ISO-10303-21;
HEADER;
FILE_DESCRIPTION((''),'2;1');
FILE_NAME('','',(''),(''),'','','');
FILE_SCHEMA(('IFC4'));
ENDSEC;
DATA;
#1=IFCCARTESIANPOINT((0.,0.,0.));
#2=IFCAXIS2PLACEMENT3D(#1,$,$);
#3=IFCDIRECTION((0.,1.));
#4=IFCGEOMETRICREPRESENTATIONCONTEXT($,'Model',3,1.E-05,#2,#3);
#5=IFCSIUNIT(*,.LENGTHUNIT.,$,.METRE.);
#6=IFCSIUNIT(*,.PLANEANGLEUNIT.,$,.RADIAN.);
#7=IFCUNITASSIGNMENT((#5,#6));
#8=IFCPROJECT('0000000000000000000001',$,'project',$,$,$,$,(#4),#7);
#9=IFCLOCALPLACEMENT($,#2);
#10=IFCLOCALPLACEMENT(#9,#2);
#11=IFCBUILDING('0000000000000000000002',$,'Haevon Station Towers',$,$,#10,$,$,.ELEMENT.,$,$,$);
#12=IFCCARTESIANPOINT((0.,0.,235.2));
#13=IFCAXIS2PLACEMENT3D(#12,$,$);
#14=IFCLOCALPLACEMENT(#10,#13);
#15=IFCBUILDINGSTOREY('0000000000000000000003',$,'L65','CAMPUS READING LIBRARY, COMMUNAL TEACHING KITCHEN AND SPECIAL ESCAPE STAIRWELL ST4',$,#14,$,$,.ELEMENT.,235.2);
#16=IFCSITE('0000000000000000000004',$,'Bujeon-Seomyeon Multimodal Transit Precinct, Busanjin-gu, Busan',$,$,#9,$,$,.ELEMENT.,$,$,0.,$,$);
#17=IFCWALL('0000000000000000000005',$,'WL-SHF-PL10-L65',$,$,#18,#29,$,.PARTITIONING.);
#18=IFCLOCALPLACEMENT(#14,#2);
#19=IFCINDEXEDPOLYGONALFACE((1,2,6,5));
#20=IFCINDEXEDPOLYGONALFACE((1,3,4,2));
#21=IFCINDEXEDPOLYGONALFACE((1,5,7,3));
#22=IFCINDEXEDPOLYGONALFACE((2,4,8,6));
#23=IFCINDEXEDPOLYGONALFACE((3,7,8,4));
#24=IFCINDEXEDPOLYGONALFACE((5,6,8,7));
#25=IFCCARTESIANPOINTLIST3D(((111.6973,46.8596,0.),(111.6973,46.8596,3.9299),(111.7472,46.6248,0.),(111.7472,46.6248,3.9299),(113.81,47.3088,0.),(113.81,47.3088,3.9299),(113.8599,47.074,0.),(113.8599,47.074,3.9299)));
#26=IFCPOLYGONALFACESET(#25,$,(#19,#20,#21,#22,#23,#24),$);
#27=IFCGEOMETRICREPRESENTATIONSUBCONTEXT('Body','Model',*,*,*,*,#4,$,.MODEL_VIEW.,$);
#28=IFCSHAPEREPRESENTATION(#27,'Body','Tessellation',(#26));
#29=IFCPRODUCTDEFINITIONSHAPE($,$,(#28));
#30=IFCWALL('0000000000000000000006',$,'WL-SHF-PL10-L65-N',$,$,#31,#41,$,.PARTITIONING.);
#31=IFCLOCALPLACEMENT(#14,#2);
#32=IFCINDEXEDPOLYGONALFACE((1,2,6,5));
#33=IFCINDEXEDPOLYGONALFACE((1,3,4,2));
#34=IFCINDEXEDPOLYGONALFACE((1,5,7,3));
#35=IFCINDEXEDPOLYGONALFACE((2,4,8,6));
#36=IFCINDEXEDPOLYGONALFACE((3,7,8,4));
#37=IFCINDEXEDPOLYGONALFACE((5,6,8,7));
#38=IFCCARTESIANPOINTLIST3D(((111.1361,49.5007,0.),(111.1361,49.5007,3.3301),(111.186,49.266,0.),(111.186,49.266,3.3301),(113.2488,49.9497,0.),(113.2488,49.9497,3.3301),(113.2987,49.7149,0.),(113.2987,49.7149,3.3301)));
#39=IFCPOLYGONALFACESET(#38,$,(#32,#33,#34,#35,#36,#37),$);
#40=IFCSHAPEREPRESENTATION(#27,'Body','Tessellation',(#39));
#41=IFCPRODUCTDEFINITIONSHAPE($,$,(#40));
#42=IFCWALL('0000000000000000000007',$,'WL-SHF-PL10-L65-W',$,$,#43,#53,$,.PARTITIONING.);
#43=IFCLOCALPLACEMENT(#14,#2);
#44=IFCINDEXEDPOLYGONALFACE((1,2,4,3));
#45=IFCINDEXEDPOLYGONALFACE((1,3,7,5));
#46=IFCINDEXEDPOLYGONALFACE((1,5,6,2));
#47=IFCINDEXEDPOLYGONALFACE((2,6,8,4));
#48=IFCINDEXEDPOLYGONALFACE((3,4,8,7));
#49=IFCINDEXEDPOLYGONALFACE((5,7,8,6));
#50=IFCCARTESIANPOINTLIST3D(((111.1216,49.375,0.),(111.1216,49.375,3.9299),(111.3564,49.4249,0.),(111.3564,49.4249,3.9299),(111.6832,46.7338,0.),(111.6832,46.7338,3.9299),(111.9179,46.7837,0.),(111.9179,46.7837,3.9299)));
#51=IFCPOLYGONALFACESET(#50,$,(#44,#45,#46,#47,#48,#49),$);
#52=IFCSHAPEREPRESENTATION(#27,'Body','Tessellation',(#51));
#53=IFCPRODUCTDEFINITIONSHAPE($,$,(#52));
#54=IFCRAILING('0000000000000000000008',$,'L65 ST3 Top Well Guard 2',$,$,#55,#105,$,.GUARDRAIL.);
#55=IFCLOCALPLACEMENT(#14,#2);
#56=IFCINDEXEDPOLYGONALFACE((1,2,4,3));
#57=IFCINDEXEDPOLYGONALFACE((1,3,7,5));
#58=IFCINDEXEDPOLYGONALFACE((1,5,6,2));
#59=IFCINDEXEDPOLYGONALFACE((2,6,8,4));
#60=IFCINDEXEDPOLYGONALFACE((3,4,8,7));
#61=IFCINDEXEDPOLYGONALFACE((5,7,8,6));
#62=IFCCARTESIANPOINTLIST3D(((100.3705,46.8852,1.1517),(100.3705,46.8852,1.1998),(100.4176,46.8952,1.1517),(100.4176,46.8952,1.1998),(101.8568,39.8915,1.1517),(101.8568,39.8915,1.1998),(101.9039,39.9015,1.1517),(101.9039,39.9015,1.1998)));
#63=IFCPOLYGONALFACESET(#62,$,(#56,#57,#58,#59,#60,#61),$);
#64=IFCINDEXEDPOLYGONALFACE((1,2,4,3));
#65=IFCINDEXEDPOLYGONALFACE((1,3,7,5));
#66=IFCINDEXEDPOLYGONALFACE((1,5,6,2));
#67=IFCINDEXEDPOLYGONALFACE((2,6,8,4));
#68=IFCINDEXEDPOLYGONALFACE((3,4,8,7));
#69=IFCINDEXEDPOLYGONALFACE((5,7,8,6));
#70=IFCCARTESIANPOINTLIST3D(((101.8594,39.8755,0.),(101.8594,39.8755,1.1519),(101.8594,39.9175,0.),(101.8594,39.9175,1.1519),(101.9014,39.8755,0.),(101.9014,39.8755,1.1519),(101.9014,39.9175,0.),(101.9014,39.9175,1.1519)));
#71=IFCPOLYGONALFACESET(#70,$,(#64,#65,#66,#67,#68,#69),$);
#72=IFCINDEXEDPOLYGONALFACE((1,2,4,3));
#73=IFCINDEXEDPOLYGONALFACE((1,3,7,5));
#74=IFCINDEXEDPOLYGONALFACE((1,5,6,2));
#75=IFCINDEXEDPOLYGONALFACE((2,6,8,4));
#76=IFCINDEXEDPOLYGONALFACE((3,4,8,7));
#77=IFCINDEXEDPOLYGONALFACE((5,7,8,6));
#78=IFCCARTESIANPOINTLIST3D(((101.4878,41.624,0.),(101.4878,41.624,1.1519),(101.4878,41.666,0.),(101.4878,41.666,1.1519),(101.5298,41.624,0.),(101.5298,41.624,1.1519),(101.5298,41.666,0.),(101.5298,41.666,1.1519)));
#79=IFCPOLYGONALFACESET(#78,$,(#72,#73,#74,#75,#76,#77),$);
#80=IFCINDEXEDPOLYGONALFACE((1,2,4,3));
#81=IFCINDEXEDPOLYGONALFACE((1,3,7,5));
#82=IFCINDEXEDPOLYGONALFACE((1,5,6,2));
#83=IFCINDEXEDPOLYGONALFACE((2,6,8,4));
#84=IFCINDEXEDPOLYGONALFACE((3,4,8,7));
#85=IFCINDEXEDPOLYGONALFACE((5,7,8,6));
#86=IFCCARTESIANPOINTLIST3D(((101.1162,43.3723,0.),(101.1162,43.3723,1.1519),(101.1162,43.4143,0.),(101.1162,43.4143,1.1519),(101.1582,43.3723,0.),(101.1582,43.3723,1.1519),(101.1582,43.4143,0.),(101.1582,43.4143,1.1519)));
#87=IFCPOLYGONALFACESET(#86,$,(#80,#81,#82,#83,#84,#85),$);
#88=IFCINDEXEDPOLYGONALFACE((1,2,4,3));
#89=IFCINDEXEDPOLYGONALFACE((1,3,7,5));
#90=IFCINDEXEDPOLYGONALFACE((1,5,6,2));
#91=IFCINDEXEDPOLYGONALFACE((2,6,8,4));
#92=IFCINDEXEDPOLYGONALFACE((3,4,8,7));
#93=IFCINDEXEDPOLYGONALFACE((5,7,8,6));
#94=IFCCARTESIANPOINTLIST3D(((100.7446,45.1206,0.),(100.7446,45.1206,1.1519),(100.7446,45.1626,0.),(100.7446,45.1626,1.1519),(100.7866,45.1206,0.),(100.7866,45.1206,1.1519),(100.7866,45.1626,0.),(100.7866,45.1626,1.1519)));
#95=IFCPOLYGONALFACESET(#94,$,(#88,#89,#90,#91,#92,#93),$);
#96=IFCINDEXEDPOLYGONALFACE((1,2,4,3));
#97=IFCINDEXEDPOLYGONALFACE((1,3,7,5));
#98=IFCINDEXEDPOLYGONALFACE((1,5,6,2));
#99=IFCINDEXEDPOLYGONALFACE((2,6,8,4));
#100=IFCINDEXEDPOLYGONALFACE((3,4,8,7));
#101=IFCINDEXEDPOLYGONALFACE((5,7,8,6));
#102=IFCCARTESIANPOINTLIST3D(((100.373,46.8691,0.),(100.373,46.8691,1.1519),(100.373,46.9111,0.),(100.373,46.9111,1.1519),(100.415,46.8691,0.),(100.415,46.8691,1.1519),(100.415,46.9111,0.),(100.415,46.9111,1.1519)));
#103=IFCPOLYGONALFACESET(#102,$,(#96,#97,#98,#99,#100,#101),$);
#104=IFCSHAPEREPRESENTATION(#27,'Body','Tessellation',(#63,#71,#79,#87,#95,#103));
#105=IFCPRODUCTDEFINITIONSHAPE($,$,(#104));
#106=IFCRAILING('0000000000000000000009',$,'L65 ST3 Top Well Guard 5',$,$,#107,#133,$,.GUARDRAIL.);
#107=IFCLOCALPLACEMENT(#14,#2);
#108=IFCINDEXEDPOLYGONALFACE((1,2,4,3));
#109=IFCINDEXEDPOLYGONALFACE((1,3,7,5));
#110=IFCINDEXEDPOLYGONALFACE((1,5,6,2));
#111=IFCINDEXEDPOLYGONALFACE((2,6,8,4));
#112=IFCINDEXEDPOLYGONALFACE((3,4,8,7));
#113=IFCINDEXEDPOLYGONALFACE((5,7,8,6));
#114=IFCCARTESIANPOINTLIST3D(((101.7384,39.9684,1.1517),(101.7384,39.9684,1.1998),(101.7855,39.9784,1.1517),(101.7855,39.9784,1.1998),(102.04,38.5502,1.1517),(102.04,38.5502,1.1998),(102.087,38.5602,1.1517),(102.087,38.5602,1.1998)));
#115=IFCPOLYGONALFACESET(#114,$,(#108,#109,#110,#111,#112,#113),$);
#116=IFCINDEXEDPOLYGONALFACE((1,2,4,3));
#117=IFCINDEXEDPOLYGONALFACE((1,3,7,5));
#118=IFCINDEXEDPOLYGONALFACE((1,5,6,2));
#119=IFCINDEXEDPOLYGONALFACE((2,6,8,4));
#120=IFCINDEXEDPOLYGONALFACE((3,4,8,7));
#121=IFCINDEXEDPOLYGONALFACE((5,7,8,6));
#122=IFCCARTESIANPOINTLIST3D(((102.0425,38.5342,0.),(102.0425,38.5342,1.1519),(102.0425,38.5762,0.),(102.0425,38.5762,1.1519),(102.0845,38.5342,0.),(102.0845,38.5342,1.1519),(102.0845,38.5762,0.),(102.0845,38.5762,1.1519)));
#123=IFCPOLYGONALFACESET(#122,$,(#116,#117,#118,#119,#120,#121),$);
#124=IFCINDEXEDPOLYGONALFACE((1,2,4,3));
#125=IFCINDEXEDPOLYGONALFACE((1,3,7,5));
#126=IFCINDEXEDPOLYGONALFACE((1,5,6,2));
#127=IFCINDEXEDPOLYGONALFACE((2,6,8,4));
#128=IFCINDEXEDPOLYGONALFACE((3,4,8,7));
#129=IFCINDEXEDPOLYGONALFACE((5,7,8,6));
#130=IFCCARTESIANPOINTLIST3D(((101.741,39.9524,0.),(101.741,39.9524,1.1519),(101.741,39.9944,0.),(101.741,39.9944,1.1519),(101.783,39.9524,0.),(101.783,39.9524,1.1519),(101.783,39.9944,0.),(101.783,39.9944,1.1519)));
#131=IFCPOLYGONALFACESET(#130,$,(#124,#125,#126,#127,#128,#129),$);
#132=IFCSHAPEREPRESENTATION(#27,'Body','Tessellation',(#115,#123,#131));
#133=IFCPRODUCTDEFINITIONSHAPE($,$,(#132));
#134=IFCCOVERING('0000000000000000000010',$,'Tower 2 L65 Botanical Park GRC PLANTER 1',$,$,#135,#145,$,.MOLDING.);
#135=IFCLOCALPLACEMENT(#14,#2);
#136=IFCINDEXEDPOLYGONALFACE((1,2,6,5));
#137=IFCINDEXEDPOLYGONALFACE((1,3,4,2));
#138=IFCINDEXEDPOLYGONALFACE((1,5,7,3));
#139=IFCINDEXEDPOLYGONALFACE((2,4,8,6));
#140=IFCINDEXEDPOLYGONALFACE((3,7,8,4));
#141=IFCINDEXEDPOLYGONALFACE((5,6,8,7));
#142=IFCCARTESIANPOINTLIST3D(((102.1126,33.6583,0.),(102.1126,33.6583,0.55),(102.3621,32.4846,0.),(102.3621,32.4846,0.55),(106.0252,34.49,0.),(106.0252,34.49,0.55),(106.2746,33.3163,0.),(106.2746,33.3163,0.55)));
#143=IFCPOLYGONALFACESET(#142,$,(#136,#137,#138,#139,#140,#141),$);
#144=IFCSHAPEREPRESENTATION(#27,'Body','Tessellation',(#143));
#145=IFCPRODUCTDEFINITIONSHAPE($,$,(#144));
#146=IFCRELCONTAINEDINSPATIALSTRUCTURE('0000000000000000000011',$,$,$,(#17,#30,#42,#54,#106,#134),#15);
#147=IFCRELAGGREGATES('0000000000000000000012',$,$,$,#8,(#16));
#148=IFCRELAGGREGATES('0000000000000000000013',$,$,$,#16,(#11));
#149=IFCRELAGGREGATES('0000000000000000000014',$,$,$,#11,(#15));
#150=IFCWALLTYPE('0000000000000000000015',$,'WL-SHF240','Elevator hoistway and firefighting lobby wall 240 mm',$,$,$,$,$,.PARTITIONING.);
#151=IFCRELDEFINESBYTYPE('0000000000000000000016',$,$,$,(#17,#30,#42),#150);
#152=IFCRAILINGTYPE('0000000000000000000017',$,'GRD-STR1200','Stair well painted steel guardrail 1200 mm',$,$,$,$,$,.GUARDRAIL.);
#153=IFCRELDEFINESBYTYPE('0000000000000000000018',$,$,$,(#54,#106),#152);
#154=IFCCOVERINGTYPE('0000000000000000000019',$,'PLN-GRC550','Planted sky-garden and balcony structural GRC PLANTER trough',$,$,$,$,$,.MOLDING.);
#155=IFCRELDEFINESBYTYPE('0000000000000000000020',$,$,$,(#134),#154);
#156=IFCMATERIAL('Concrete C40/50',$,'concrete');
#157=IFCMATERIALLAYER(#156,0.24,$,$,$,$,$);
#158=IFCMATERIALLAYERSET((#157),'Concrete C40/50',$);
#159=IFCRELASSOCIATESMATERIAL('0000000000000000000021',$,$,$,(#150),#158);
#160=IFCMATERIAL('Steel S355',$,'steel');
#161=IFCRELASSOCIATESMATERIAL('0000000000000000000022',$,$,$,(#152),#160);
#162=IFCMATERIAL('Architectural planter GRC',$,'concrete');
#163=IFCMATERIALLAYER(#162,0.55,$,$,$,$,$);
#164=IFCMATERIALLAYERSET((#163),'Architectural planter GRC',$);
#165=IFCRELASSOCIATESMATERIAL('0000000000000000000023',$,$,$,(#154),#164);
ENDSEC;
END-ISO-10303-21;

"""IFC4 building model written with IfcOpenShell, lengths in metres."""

from ifc_helpers import new_model, si_unit, direction, frame, frame_2d, origin, origin_2d, place, context, subcontext, project, spatial, rectangle, extrude, material, layer, layer_set, type_object, element, save


model = new_model("IFC4")

# Units and contexts
model_context = context("Model", 3, precision=1e-05, world=origin(), true_north=direction((0.0, 1.0)))
body_context = subcontext(model_context, "Body", "Model", "MODEL_VIEW")
ifc_project = project(units=[si_unit("LENGTHUNIT", "METRE"), si_unit("PLANEANGLEUNIT", "RADIAN")], contexts=[model_context])

# Site, building, storey
site_placement = place(None, origin())
site = spatial("IfcSite", under=ifc_project, at=site_placement, Name="Bujeon-Seomyeon Multimodal Transit Precinct, Busanjin-gu, Busan", CompositionType="ELEMENT", RefElevation=0.0)
building_placement = place(site_placement, origin())
building = spatial("IfcBuilding", under=site, at=building_placement, Name="Haevon Station Towers", CompositionType="ELEMENT")
storey_placement = place(building_placement, frame((0.0, 0.0, 235.2)))
storey = spatial("IfcBuildingStorey", under=building, at=storey_placement, Name="L65", Description="CAMPUS READING LIBRARY, COMMUNAL TEACHING KITCHEN AND SPECIAL ESCAPE STAIRWELL ST4", CompositionType="ELEMENT", Elevation=235.2)

# Walls
ifc_material_1 = material(Name="Concrete C40/50", Category="concrete")
ifc_layer_1 = layer(ifc_material_1, 0.24)
ifc_layer_set_1 = layer_set([ifc_layer_1], Name="Concrete C40/50")
wall_type_1 = type_object("IfcWallType", Name="WL-SHF240", Description="Elevator hoistway and firefighting lobby wall 240 mm", PredefinedType="PARTITIONING", material=ifc_layer_set_1)
wall_1_placement = place(storey_placement, frame((111.7222, 46.7422, 0.0), z_axis=(0.0, 0.0, 1.0), x_axis=(0.978135, 0.20797, 0.0)))
element("IfcWall", 1, at=wall_1_placement, inside=storey, type_object=wall_type_1, Name="WL-SHF-PL10-L65", PredefinedType="PARTITIONING", context=body_context, shape_type="SweptSolid", body=[
    extrude(rectangle(XDim=2.1599, YDim=0.24, at=frame_2d((1.0801, 0.0))), origin(), (0.0, 0.0, 1.0), 3.9299),
])
wall_2_placement = place(storey_placement, frame((111.1609, 49.3833, 0.0), z_axis=(0.0, 0.0, 1.0), x_axis=(0.978158, 0.207861, 0.0)))
element("IfcWall", 2, at=wall_2_placement, inside=storey, type_object=wall_type_1, Name="WL-SHF-PL10-L65-N", PredefinedType="PARTITIONING", context=body_context, shape_type="SweptSolid", body=[
    extrude(rectangle(XDim=2.1599, YDim=0.24, at=frame_2d((1.0801, 0.0))), origin(), (0.0, 0.0, 1.0), 3.3301),
])
wall_3_placement = place(storey_placement, frame((111.8005, 46.7588, 0.0), z_axis=(0.0, 0.0, 1.0), x_axis=(-0.20796, 0.978137, 0.0)))
element("IfcWall", 3, at=wall_3_placement, inside=storey, type_object=wall_type_1, Name="WL-SHF-PL10-L65-W", PredefinedType="PARTITIONING", context=body_context, shape_type="SweptSolid", body=[
    extrude(rectangle(XDim=2.7002, YDim=0.24, at=frame_2d((1.3501, 0.0))), origin(), (0.0, 0.0, 1.0), 3.9299),
])

# Railings
ifc_material_2 = material(Name="Steel S355", Category="steel")
railing_type = type_object("IfcRailingType", Name="GRD-STR1200", Description="Stair well painted steel guardrail 1200 mm", PredefinedType="GUARDRAIL", material=ifc_material_2)
railing_1_placement = place(storey_placement, frame((101.8804, 39.8965, 0.0)))
element("IfcRailing", 4, at=railing_1_placement, inside=storey, type_object=railing_type, Name="L65 ST3 Top Well Guard 2", PredefinedType="GUARDRAIL", context=body_context, shape_type="SweptSolid", body=[
    extrude(rectangle(XDim=0.0481, YDim=0.0481, at=origin_2d()), frame((0.0, 0.0, 1.1758), z_axis=(-0.207882, 0.978154, 0.0), x_axis=(-0.978154, -0.207882, 0.0)), (0.0, 0.0, 1.0), 7.1499),
    extrude(rectangle(XDim=0.042, YDim=0.042, at=origin_2d()), origin(), (0.0, 0.0, 1.0), 1.1519),
    extrude(rectangle(XDim=0.042, YDim=0.042, at=origin_2d()), frame((-0.3716, 1.7485, 0.0)), (0.0, 0.0, 1.0), 1.1519),
    extrude(rectangle(XDim=0.042, YDim=0.042, at=origin_2d()), frame((-0.7432, 3.4968, 0.0)), (0.0, 0.0, 1.0), 1.1519),
    extrude(rectangle(XDim=0.042, YDim=0.042, at=origin_2d()), frame((-1.1147, 5.2451, 0.0)), (0.0, 0.0, 1.0), 1.1519),
    extrude(rectangle(XDim=0.042, YDim=0.042, at=origin_2d()), frame((-1.4863, 6.9937, 0.0)), (0.0, 0.0, 1.0), 1.1519),
])
railing_2_placement = place(storey_placement, frame((102.0635, 38.5552, 0.0)))
element("IfcRailing", 5, at=railing_2_placement, inside=storey, type_object=railing_type, Name="L65 ST3 Top Well Guard 5", PredefinedType="GUARDRAIL", context=body_context, shape_type="SweptSolid", body=[
    extrude(rectangle(XDim=0.0481, YDim=0.0481, at=origin_2d()), frame((0.0, 0.0, 1.1758), z_axis=(-0.207953, 0.978139, 0.0), x_axis=(-0.978139, -0.207953, 0.0)), (0.0, 0.0, 1.0), 1.45),
    extrude(rectangle(XDim=0.042, YDim=0.042, at=origin_2d()), origin(), (0.0, 0.0, 1.0), 1.1519),
    extrude(rectangle(XDim=0.042, YDim=0.042, at=origin_2d()), frame((-0.3015, 1.4182, 0.0)), (0.0, 0.0, 1.0), 1.1519),
])

# Covering
ifc_material_3 = material(Name="Architectural planter GRC", Category="concrete")
ifc_layer_2 = layer(ifc_material_3, 0.55)
ifc_layer_set_2 = layer_set([ifc_layer_2], Name="Architectural planter GRC")
covering_type = type_object("IfcCoveringType", Name="PLN-GRC550", Description="Planted sky-garden and balcony structural GRC PLANTER trough", PredefinedType="MOLDING", material=ifc_layer_set_2)
covering_placement = place(storey_placement, frame((104.1936, 33.4873, 0.0), z_axis=(0.0, 0.0, 1.0), x_axis=(0.978148, 0.207912, 0.0)))
element("IfcCovering", 6, at=covering_placement, inside=storey, type_object=covering_type, Name="Tower 2 L65 Botanical Park GRC PLANTER 1", PredefinedType="MOLDING", context=body_context, shape_type="SweptSolid", body=[
    extrude(rectangle(XDim=4.0, YDim=1.2, at=origin_2d()), origin(), (0.0, 0.0, 1.0), 0.55),
])

save(model, "model.ifc")
